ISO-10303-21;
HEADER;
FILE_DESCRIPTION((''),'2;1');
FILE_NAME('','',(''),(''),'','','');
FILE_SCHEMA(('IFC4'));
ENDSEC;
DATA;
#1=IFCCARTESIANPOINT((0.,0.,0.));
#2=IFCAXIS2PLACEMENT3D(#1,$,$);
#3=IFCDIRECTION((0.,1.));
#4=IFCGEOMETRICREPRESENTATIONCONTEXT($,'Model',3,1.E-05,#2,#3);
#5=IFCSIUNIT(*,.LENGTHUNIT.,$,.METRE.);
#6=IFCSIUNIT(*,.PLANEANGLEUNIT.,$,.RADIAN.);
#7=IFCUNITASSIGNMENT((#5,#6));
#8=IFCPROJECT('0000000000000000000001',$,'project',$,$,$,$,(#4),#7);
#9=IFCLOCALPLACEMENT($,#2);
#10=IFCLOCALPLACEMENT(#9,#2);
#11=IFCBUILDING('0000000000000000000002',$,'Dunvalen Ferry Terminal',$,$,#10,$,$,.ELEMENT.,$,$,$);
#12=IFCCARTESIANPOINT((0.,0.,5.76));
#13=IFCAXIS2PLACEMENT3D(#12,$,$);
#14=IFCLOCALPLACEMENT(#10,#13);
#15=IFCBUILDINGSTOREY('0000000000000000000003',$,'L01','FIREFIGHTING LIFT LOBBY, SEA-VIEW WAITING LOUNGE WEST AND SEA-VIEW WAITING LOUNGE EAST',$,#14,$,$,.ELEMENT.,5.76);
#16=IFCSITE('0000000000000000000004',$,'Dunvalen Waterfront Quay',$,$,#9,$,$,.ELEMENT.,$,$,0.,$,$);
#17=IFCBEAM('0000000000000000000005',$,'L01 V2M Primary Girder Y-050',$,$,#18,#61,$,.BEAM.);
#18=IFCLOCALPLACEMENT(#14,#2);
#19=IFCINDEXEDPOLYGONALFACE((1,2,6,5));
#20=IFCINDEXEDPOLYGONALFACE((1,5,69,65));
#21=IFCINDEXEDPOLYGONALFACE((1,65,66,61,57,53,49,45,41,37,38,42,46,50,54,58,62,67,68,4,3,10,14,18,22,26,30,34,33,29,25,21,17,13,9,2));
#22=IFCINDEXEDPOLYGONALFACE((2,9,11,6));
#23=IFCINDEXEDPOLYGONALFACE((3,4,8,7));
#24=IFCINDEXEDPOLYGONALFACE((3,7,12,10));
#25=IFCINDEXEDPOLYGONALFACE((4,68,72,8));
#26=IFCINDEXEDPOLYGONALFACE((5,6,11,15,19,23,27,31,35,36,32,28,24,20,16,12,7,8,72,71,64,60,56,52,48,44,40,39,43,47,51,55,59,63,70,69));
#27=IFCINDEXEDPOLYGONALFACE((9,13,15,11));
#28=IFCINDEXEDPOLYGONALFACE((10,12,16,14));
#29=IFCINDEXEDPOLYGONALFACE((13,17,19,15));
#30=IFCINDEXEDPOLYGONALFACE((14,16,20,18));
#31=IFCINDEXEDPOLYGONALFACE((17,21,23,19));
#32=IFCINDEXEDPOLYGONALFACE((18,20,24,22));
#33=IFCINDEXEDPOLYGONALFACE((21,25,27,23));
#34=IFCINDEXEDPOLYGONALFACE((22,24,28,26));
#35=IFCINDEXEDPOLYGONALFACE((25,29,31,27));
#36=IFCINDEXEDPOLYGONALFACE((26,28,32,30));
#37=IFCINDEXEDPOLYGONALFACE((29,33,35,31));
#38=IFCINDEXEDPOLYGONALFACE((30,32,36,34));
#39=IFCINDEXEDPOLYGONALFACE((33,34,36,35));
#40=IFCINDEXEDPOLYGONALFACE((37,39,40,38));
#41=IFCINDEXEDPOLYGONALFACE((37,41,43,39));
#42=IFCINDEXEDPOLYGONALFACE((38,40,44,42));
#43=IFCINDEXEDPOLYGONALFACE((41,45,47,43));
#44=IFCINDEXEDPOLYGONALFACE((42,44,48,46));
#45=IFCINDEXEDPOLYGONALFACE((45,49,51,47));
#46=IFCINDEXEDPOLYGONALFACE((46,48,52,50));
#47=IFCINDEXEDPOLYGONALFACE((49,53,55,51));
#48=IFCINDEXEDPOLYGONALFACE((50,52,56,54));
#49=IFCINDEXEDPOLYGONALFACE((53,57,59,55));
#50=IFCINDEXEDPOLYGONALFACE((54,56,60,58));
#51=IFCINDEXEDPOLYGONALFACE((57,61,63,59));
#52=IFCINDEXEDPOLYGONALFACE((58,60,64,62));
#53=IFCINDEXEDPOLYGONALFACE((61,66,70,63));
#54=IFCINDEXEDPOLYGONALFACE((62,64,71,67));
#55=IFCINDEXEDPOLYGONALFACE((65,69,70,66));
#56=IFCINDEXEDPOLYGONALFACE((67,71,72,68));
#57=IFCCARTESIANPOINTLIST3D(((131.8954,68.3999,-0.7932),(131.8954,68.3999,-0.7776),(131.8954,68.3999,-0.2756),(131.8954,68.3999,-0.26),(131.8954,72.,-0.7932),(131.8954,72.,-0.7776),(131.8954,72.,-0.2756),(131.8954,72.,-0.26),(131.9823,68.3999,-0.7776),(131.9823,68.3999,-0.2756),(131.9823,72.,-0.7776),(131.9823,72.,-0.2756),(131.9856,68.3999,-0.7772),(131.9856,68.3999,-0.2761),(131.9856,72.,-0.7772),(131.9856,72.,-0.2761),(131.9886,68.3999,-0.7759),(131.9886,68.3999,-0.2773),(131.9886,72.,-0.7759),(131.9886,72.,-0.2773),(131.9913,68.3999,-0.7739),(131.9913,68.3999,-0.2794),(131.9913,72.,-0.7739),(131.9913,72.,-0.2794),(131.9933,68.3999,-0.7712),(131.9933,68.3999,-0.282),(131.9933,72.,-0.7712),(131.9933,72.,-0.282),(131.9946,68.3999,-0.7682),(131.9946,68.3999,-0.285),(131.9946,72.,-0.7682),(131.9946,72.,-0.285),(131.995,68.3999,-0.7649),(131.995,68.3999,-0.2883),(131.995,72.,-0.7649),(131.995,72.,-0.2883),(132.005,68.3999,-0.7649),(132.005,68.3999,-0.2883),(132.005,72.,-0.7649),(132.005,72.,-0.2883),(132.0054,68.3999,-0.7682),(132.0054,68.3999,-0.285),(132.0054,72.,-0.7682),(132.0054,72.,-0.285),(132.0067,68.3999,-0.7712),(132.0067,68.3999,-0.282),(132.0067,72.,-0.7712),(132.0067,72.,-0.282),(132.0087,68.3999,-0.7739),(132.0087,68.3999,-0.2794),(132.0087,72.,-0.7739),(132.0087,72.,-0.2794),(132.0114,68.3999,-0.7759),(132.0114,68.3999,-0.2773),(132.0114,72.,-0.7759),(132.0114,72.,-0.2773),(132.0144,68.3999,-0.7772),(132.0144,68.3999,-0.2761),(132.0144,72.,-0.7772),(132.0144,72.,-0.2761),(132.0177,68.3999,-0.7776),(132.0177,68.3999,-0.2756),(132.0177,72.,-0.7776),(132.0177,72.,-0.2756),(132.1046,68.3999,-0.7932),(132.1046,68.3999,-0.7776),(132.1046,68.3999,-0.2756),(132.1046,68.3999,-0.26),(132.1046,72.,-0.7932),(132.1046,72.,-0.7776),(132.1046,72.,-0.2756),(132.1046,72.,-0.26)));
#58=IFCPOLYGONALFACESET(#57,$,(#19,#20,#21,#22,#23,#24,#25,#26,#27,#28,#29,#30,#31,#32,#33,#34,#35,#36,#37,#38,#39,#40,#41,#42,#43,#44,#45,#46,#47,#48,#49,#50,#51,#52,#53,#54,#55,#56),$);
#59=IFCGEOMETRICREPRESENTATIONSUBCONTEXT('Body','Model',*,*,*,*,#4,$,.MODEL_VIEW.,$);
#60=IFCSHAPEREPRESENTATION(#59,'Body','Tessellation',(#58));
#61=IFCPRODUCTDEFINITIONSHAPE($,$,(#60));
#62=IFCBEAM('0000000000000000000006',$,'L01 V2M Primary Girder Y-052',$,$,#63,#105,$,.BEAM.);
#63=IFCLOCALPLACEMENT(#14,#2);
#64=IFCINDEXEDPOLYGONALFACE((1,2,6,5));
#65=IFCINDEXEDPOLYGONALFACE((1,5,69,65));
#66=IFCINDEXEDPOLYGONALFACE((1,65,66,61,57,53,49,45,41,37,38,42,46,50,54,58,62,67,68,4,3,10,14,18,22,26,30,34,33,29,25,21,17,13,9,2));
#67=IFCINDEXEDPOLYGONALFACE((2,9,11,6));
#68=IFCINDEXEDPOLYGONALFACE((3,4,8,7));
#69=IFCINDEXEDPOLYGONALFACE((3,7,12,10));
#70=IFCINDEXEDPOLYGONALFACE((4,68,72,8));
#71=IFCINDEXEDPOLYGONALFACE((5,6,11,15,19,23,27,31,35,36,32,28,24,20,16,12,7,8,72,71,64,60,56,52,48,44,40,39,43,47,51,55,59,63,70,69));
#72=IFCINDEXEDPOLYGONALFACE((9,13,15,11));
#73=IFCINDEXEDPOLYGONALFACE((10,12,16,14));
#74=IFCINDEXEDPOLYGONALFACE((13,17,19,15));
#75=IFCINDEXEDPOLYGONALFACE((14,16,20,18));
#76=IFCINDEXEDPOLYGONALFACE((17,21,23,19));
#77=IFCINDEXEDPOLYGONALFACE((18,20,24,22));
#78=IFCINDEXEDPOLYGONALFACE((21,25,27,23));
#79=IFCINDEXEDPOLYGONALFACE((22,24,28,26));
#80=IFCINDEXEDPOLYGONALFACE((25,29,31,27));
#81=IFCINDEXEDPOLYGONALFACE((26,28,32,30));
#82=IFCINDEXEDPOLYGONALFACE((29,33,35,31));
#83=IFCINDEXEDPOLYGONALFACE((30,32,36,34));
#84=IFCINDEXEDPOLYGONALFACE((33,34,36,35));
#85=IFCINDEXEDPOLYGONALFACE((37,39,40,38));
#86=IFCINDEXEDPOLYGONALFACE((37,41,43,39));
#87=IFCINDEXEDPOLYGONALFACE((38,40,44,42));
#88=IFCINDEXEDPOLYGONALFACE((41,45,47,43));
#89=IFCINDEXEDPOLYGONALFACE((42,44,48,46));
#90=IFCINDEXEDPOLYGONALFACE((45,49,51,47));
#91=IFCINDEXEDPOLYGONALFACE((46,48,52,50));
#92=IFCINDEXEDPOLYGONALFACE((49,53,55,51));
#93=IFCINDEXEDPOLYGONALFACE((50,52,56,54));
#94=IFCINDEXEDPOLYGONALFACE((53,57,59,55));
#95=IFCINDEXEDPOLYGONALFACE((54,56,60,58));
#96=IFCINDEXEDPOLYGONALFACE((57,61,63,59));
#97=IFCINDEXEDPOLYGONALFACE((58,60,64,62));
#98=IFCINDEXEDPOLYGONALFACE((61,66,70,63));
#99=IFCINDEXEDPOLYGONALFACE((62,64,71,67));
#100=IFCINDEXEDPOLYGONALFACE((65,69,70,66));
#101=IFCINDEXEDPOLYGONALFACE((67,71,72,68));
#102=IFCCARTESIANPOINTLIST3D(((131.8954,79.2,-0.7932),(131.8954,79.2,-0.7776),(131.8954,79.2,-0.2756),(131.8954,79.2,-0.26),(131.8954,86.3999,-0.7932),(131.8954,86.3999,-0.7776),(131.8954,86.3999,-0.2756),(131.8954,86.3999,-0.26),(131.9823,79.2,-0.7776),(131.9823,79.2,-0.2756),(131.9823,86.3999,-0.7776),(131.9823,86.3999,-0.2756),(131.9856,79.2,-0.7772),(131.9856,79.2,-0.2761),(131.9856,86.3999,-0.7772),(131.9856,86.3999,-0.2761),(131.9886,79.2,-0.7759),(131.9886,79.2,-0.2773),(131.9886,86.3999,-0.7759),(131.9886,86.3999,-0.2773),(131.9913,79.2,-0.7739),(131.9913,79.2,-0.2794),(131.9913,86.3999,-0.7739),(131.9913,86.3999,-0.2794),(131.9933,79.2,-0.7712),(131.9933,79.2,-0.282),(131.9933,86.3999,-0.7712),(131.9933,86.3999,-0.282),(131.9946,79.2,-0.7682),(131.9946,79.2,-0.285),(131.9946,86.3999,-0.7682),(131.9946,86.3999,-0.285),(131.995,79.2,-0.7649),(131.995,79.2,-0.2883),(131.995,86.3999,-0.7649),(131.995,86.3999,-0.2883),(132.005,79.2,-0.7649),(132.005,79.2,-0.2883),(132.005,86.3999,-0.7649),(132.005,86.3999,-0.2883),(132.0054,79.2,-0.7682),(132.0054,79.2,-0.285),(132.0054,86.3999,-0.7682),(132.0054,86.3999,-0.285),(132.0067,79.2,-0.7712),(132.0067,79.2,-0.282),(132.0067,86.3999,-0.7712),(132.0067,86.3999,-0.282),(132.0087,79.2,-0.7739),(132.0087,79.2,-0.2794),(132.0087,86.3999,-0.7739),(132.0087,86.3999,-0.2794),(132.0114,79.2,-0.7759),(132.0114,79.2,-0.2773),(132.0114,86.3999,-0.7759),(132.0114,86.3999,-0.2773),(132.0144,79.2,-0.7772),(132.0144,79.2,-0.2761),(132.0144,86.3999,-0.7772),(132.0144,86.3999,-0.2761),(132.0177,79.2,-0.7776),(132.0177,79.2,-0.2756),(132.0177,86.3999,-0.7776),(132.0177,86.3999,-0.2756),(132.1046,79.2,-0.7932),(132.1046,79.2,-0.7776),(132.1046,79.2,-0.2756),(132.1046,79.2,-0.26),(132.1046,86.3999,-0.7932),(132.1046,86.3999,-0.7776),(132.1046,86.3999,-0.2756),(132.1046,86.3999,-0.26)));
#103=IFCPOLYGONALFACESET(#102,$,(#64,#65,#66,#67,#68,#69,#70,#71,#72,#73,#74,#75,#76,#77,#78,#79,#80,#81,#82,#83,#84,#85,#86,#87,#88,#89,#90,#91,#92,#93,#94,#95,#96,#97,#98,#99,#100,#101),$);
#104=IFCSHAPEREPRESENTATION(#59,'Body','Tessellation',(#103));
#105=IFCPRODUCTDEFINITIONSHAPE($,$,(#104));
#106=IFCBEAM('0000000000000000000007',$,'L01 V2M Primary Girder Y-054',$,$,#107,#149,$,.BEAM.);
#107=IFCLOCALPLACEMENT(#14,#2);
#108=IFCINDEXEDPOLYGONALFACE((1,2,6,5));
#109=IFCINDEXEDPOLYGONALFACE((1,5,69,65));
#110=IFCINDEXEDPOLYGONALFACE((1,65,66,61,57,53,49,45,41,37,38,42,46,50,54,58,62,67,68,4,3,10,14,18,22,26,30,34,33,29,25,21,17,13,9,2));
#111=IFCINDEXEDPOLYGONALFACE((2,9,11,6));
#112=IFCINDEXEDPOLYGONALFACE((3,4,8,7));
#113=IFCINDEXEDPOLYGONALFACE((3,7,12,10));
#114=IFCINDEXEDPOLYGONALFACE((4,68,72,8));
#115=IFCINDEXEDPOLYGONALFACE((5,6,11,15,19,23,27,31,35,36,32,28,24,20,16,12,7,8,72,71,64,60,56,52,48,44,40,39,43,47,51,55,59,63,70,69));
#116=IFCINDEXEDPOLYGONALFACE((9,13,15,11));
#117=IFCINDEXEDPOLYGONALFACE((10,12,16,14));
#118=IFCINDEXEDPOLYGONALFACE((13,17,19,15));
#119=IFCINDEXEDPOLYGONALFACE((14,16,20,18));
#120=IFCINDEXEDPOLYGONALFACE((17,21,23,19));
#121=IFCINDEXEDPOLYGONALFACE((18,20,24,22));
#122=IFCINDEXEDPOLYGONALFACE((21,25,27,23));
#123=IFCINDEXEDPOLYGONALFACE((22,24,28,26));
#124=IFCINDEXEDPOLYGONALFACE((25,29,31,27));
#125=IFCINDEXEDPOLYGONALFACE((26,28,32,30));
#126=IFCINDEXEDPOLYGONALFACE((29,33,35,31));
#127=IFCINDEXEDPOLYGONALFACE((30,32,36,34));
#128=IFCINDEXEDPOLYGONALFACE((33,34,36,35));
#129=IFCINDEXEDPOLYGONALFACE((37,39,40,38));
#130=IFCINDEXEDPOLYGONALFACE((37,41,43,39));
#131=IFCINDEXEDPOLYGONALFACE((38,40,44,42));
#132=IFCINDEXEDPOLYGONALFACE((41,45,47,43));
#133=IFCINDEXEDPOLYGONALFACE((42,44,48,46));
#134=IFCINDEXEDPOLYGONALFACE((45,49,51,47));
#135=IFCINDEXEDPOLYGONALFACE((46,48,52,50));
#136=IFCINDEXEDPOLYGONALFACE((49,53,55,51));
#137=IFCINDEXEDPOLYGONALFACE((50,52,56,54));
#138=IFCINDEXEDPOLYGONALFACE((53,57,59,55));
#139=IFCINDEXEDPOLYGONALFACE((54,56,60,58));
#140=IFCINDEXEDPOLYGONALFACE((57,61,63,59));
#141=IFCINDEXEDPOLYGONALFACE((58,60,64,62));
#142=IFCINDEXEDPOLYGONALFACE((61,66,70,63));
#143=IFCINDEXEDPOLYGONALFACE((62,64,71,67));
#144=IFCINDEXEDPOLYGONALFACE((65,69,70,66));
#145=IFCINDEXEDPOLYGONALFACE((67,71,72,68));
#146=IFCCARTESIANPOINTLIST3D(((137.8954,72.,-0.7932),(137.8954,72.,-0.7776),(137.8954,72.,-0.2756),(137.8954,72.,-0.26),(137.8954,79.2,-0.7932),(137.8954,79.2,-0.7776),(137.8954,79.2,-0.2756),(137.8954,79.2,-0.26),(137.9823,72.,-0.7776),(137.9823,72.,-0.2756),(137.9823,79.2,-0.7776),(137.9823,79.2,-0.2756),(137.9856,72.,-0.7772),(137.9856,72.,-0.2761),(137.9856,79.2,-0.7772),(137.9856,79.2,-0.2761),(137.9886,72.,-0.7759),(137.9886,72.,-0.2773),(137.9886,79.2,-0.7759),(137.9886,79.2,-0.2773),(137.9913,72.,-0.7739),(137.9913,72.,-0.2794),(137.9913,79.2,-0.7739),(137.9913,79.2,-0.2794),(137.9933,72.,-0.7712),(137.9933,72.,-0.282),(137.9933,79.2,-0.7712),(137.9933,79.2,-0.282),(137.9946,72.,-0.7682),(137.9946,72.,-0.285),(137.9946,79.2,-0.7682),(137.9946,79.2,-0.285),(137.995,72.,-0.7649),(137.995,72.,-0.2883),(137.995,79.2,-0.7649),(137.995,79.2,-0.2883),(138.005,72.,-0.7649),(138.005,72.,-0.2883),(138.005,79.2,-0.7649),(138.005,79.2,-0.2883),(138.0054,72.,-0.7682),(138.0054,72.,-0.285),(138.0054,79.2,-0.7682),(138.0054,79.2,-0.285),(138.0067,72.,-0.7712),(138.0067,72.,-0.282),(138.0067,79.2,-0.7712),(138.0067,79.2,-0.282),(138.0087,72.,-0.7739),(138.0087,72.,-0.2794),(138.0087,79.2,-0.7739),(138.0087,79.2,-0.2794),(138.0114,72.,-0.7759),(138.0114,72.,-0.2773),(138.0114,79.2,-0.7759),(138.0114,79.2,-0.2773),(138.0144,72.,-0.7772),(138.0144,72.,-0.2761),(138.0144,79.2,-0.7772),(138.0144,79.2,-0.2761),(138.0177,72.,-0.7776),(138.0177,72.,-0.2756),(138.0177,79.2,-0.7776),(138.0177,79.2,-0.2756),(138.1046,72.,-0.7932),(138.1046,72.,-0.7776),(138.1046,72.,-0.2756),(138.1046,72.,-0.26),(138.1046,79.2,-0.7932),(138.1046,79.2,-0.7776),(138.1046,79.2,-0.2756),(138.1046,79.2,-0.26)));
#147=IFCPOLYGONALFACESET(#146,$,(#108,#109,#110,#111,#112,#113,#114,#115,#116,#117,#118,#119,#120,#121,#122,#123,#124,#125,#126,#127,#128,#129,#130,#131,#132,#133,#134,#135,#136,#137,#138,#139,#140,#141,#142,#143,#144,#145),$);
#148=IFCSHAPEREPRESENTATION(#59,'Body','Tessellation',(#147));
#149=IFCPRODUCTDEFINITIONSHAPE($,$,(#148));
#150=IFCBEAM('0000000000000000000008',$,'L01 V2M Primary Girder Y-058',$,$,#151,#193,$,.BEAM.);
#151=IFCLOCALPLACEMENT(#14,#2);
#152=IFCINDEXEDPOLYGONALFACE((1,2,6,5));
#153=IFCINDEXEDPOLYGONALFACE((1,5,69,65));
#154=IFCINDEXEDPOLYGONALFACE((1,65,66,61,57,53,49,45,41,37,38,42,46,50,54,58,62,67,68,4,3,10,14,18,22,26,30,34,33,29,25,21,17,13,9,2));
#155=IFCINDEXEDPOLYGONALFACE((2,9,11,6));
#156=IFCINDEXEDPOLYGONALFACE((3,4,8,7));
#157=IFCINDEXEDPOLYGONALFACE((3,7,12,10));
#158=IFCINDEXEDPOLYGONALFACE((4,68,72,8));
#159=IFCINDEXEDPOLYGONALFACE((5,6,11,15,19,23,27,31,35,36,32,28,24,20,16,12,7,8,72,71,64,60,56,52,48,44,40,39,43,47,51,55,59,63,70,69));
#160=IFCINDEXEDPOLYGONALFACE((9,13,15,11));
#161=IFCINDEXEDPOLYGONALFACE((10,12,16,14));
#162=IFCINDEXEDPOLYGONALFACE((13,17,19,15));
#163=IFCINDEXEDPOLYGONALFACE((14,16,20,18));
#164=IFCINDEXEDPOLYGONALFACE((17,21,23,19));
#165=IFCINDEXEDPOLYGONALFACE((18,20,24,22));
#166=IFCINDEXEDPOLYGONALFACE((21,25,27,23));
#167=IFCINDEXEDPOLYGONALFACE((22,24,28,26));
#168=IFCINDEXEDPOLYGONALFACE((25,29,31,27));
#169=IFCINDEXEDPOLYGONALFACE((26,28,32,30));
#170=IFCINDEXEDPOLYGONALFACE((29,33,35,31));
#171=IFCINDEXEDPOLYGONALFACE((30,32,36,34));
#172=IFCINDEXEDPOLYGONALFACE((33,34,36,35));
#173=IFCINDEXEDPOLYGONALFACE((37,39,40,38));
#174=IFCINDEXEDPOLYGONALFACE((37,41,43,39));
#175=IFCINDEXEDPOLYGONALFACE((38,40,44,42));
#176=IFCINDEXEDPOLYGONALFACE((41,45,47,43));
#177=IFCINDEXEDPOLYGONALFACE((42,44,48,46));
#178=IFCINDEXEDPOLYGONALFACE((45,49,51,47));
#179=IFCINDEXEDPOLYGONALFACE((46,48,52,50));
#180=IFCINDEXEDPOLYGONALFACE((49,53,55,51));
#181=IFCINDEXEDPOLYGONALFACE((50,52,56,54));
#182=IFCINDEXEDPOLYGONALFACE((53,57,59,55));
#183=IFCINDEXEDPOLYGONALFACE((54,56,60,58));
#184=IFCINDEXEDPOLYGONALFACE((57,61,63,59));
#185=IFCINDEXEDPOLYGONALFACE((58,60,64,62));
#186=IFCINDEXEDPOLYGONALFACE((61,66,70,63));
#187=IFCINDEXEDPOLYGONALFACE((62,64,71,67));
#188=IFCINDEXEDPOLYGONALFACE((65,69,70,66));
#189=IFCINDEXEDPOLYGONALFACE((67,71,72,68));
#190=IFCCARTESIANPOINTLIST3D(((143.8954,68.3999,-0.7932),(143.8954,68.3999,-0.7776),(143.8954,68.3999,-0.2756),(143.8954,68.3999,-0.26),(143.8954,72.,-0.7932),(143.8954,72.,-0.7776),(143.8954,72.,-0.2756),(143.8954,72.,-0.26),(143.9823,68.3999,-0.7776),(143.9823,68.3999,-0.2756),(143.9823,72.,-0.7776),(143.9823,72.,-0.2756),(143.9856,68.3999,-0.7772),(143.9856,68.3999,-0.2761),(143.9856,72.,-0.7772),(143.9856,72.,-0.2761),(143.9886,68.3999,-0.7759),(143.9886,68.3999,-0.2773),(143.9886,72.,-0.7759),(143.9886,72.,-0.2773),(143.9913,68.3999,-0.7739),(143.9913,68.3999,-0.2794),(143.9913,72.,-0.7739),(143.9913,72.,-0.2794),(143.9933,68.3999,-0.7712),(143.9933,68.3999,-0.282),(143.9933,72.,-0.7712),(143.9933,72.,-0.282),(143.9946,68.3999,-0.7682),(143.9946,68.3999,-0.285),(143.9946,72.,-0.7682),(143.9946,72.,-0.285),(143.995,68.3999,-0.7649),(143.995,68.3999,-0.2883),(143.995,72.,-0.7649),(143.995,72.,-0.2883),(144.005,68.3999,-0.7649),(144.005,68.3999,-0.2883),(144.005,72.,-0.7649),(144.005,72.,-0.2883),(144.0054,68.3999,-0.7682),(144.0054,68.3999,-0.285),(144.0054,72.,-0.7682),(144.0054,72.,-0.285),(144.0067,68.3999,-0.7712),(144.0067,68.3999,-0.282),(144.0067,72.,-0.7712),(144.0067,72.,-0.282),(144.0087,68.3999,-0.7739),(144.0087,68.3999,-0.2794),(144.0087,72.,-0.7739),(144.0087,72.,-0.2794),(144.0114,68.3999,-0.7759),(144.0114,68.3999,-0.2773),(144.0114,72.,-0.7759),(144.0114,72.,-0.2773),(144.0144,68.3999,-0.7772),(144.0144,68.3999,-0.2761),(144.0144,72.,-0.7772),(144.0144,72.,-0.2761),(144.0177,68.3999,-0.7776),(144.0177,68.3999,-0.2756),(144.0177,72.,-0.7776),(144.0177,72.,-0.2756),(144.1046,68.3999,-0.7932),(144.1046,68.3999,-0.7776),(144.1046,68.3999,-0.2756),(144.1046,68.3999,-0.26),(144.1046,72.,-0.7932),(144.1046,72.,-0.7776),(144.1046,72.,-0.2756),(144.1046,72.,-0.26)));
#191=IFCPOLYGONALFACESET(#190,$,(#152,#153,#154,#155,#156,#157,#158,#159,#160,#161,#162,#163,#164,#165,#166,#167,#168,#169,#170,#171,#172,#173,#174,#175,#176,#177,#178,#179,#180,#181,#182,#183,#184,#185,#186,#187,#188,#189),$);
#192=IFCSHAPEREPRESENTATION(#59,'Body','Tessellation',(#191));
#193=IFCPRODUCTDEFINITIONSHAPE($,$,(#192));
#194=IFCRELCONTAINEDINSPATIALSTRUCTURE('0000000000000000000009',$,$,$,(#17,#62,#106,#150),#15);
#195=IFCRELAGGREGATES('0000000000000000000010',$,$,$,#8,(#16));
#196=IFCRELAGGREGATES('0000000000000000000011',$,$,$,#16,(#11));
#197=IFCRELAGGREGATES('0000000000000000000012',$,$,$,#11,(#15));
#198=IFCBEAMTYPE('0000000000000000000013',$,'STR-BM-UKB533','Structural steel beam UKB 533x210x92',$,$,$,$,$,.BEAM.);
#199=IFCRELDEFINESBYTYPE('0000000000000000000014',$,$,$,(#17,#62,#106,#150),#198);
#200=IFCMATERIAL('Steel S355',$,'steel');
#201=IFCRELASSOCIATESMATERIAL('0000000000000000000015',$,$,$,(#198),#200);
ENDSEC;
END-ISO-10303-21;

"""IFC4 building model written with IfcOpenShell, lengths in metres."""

from ifc_helpers import new_model, si_unit, direction, frame, origin, origin_2d, place, context, subcontext, project, spatial, i_section, extrude, material, material_profile, profile_set, type_object, element, save


model = new_model("IFC4")

# Units and contexts
model_context = context("Model", 3, precision=1e-05, world=origin(), true_north=direction((0.0, 1.0)))
body_context = subcontext(model_context, "Body", "Model", "MODEL_VIEW")
ifc_project = project(units=[si_unit("LENGTHUNIT", "METRE"), si_unit("PLANEANGLEUNIT", "RADIAN")], contexts=[model_context])

# Site, building, storey
site_placement = place(None, origin())
site = spatial("IfcSite", under=ifc_project, at=site_placement, Name="Dunvalen Waterfront Quay", CompositionType="ELEMENT", RefElevation=0.0)
building_placement = place(site_placement, origin())
building = spatial("IfcBuilding", under=site, at=building_placement, Name="Dunvalen Ferry Terminal", CompositionType="ELEMENT")
storey_placement = place(building_placement, frame((0.0, 0.0, 5.76)))
storey = spatial("IfcBuildingStorey", under=building, at=storey_placement, Name="L01", Description="FIREFIGHTING LIFT LOBBY, SEA-VIEW WAITING LOUNGE WEST AND SEA-VIEW WAITING LOUNGE EAST", CompositionType="ELEMENT", Elevation=5.76)

# Beams
ifc_material_1 = material(Name="Steel S355", Category="steel")
ifc_material_profile_1 = material_profile(ifc_material_1, i_section(OverallWidth=0.2092, OverallDepth=0.5332, WebThickness=0.01, FlangeThickness=0.0156, FilletRadius=0.0127, at=origin_2d()), Name="Steel S355")
ifc_profile_set_1 = profile_set([ifc_material_profile_1], Name="Steel S355")
beam_type_1 = type_object("IfcBeamType", Name="STR-BM-UKB533", Description="Structural steel beam UKB 533x210x92", PredefinedType="BEAM", material=ifc_profile_set_1)
beam_1_placement = place(storey_placement, frame((132.0, 68.3999, -0.5266), z_axis=(0.0, 1.0, 0.0), x_axis=(-1.0, 0.0, 0.0)))
element("IfcBeam", 1, at=beam_1_placement, inside=storey, type_object=beam_type_1, Name="L01 V2M Primary Girder Y-050", PredefinedType="BEAM", context=body_context, shape_type="SweptSolid", body=[
    extrude(i_section(OverallWidth=0.2092, OverallDepth=0.5332, WebThickness=0.01, FlangeThickness=0.0156, FilletRadius=0.0127, at=origin_2d()), origin(), (0.0, 0.0, 1.0), 3.6001),
])
for number, where, z_axis, x_axis, name in (
    (2, (132.0, 79.2, -0.5266), (0.0, 1.0, 0.0), (-1.0, 0.0, 0.0), "L01 V2M Primary Girder Y-052"),
    (3, (138.0, 72.0, -0.5266), (0.0, 1.0, 0.0), (-1.0, 0.0, 0.0), "L01 V2M Primary Girder Y-054"),
):
    element("IfcBeam", number, at=place(storey_placement, frame(where, z_axis=z_axis, x_axis=x_axis)), inside=storey, type_object=beam_type_1, Name=name, PredefinedType="BEAM", context=body_context, shape_type="SweptSolid", body=[
        extrude(i_section(OverallWidth=0.2092, OverallDepth=0.5332, WebThickness=0.01, FlangeThickness=0.0156, FilletRadius=0.0127, at=origin_2d()), origin(), (0.0, 0.0, 1.0), 7.2),
    ])
beam_2_placement = place(storey_placement, frame((144.0, 68.3999, -0.5266), z_axis=(0.0, 1.0, 0.0), x_axis=(-1.0, 0.0, 0.0)))
element("IfcBeam", 4, at=beam_2_placement, inside=storey, type_object=beam_type_1, Name="L01 V2M Primary Girder Y-058", PredefinedType="BEAM", context=body_context, shape_type="SweptSolid", body=[
    extrude(i_section(OverallWidth=0.2092, OverallDepth=0.5332, WebThickness=0.01, FlangeThickness=0.0156, FilletRadius=0.0127, at=origin_2d()), origin(), (0.0, 0.0, 1.0), 3.6001),
])

save(model, "model.ifc")
